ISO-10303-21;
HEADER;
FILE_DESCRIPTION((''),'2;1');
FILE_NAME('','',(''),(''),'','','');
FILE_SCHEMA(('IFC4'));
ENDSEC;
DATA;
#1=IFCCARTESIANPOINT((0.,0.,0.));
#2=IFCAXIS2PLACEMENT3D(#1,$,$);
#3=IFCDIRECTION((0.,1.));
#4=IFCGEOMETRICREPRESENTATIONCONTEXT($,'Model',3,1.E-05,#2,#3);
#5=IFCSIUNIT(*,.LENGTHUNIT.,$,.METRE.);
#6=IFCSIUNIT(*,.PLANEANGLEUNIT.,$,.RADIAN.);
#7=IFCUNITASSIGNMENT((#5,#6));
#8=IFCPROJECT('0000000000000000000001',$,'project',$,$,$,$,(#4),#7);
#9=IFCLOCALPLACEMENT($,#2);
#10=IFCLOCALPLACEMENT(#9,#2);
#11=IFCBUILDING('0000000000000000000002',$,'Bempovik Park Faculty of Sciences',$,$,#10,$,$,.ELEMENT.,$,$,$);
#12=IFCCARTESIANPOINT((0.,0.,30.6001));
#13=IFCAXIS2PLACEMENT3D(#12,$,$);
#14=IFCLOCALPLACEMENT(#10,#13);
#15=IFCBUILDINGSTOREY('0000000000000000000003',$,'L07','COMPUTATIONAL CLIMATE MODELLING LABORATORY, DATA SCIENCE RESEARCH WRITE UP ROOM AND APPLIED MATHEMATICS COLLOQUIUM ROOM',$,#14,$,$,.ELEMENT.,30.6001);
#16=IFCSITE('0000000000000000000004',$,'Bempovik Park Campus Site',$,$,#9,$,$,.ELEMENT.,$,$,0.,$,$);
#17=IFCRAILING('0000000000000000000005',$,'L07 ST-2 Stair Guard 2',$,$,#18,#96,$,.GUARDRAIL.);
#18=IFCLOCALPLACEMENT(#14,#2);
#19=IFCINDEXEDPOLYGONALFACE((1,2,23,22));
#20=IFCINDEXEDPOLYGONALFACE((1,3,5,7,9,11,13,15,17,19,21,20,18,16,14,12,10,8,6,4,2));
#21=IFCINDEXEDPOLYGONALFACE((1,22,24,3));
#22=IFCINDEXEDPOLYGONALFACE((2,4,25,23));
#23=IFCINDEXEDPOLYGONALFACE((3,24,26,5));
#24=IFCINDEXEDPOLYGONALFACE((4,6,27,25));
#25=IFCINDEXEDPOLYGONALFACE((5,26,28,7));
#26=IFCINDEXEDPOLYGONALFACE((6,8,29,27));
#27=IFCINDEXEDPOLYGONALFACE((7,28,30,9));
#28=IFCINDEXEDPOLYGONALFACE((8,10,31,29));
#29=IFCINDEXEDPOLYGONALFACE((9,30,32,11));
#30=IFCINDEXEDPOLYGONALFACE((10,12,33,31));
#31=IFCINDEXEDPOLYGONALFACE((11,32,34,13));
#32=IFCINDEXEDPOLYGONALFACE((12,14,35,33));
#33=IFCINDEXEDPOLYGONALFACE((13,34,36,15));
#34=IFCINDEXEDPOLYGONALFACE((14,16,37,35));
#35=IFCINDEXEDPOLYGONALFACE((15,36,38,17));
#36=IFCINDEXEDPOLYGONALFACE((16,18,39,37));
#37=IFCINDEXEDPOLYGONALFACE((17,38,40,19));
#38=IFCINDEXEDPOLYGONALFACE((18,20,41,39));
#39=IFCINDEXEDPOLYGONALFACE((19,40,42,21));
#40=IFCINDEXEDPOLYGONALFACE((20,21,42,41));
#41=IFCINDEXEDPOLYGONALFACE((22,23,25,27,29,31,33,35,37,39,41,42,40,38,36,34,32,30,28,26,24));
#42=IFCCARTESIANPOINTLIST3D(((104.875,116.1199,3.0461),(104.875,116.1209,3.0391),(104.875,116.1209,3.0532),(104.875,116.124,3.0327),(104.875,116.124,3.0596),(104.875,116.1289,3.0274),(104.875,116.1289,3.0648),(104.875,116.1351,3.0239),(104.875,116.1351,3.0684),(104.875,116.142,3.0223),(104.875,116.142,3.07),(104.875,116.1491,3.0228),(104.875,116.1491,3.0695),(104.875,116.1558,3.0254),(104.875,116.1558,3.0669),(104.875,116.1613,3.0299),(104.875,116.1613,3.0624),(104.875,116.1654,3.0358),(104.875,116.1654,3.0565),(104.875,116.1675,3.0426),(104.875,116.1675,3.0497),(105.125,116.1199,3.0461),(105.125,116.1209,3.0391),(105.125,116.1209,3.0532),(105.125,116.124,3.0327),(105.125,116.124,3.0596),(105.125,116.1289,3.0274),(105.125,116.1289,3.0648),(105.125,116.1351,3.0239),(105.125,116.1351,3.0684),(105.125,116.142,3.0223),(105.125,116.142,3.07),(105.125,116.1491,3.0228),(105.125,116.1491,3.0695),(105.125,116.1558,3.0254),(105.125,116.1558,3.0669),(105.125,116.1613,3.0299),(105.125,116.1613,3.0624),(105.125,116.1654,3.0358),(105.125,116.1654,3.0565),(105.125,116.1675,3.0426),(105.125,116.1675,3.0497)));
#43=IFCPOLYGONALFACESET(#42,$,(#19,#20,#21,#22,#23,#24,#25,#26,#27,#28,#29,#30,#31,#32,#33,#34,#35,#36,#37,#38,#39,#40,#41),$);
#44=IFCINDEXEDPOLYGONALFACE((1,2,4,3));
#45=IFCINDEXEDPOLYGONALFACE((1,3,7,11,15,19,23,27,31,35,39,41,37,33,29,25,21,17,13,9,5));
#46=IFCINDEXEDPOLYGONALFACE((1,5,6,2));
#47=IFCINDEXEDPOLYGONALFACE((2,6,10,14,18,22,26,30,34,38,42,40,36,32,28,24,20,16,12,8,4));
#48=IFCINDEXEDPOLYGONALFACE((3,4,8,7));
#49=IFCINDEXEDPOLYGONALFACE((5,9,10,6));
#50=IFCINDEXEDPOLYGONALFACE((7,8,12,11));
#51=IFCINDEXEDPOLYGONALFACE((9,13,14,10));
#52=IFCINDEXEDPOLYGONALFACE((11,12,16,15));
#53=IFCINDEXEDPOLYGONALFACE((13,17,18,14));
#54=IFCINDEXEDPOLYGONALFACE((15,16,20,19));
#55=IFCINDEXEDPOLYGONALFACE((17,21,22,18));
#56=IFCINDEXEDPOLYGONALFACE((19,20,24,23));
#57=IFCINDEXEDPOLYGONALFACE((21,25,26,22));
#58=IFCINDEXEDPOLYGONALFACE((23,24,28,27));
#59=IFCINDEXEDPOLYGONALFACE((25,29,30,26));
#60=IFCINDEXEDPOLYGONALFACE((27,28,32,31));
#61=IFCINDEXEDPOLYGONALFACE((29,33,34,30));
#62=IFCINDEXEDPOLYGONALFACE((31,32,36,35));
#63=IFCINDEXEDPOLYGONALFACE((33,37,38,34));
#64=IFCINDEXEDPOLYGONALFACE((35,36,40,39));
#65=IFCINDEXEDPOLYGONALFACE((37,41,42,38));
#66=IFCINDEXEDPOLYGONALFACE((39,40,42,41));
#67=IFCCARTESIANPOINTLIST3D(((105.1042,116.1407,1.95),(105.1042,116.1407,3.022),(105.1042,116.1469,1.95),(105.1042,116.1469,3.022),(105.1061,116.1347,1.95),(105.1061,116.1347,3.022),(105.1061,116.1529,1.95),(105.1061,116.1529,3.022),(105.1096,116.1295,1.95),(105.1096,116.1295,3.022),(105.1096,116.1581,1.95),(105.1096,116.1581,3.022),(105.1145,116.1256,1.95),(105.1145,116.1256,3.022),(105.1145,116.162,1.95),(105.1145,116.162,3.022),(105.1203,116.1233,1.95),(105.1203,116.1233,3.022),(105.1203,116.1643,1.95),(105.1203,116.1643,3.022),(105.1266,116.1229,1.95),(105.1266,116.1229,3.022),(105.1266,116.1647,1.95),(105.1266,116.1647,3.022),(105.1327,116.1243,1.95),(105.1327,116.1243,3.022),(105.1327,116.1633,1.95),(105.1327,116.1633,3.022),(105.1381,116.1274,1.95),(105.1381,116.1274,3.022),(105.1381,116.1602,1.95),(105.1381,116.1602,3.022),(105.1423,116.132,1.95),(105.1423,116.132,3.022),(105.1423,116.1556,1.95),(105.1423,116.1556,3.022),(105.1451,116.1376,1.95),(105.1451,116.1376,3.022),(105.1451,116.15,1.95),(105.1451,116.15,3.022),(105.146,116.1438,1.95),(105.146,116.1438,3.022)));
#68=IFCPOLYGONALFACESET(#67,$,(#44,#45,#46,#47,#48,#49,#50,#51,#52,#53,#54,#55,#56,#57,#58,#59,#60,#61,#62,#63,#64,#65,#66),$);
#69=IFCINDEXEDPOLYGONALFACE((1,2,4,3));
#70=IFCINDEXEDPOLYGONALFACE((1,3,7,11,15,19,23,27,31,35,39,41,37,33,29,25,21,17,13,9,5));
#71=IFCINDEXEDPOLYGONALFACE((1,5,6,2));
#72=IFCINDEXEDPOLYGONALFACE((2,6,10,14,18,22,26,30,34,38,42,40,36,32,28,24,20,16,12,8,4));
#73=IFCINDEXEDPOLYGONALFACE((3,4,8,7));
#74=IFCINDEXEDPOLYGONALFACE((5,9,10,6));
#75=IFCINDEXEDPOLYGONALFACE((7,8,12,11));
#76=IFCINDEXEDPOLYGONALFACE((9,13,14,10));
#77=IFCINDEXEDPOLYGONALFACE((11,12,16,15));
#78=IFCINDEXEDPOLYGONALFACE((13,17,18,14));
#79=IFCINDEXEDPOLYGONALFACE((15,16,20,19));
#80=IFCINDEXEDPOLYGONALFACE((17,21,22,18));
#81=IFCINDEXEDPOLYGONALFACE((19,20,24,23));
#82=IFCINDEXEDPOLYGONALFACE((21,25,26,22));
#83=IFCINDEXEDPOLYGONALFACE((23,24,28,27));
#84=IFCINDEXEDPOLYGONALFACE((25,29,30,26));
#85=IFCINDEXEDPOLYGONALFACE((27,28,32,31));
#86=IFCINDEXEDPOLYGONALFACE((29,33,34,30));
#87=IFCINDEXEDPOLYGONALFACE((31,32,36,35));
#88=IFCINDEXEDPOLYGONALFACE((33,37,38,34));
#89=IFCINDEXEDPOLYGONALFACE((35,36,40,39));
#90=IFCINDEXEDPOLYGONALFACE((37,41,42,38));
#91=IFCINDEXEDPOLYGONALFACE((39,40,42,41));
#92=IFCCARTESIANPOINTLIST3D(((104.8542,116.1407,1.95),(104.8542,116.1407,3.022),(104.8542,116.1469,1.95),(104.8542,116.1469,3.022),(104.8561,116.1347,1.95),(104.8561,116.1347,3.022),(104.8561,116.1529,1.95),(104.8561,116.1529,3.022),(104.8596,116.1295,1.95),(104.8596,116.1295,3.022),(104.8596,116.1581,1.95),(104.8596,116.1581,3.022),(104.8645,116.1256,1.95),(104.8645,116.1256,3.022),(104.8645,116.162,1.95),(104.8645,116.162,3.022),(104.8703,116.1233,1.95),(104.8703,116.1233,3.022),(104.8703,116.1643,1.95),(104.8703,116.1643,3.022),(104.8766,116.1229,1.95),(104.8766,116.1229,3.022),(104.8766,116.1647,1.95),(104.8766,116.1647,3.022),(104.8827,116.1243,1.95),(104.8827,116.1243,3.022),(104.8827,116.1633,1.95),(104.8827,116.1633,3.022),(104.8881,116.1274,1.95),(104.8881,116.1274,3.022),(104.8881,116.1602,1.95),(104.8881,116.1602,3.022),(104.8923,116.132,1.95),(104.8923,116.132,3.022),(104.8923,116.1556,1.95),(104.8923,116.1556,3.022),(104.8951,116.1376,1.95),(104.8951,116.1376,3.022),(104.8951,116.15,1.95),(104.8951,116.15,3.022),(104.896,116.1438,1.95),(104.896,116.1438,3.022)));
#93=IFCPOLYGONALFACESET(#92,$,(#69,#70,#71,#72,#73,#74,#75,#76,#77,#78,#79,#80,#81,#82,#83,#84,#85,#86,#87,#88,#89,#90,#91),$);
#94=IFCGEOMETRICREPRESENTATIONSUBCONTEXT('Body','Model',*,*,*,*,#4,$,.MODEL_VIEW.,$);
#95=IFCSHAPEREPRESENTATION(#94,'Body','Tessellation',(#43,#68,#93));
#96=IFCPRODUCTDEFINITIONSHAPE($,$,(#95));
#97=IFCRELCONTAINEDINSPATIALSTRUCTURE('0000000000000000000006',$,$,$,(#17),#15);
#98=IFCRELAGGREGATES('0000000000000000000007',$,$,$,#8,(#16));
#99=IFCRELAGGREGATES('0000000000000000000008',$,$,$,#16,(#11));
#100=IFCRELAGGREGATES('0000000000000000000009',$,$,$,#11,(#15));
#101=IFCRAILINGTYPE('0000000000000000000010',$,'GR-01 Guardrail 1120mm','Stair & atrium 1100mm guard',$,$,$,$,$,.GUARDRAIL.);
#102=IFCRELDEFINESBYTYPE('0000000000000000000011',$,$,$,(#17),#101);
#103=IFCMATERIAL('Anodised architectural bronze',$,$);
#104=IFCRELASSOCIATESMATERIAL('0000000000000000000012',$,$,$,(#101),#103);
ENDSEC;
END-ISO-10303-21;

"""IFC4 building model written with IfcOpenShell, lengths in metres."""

from ifc_helpers import new_model, si_unit, direction, frame, origin, origin_2d, place, context, subcontext, project, spatial, circle, extrude, material, type_object, element, save


model = new_model("IFC4")

# Units and contexts
model_context = context("Model", 3, precision=1e-05, world=origin(), true_north=direction((0.0, 1.0)))
body_context = subcontext(model_context, "Body", "Model", "MODEL_VIEW")
ifc_project = project(units=[si_unit("LENGTHUNIT", "METRE"), si_unit("PLANEANGLEUNIT", "RADIAN")], contexts=[model_context])

# Site, building, storey
site_placement = place(None, origin())
site = spatial("IfcSite", under=ifc_project, at=site_placement, Name="Bempovik Park Campus Site", CompositionType="ELEMENT", RefElevation=0.0)
building_placement = place(site_placement, origin())
building = spatial("IfcBuilding", under=site, at=building_placement, Name="Bempovik Park Faculty of Sciences", CompositionType="ELEMENT")
storey_placement = place(building_placement, frame((0.0, 0.0, 30.6001)))
storey = spatial("IfcBuildingStorey", under=building, at=storey_placement, Name="L07", Description="COMPUTATIONAL CLIMATE MODELLING LABORATORY, DATA SCIENCE RESEARCH WRITE UP ROOM AND APPLIED MATHEMATICS COLLOQUIUM ROOM", CompositionType="ELEMENT", Elevation=30.6001)

# Railing
ifc_material_1 = material(Name="Anodised architectural bronze")
railing_type_1 = type_object("IfcRailingType", Name="GR-01 Guardrail 1120mm", Description="Stair & atrium 1100mm guard", PredefinedType="GUARDRAIL", material=ifc_material_1)
railing_1_placement = place(storey_placement, frame((105.125, 116.1438, 1.95)))
element("IfcRailing", 1, at=railing_1_placement, inside=storey, type_object=railing_type_1, Name="L07 ST-2 Stair Guard 2", PredefinedType="GUARDRAIL", context=body_context, shape_type="SweptSolid", body=[
    extrude(circle(Radius=0.0239, at=origin_2d()), frame((0.0, 0.0, 1.0962), z_axis=(-1.0, 0.0, 0.0), x_axis=(0.0, -1.0, 0.0)), (0.0, 0.0, 1.0), 0.25),
    extrude(circle(Radius=0.021, at=origin_2d()), origin(), (0.0, 0.0, 1.0), 1.072),
    extrude(circle(Radius=0.021, at=origin_2d()), frame((-0.25, 0.0, 0.0)), (0.0, 0.0, 1.0), 1.072),
])

save(model, "model.ifc")
